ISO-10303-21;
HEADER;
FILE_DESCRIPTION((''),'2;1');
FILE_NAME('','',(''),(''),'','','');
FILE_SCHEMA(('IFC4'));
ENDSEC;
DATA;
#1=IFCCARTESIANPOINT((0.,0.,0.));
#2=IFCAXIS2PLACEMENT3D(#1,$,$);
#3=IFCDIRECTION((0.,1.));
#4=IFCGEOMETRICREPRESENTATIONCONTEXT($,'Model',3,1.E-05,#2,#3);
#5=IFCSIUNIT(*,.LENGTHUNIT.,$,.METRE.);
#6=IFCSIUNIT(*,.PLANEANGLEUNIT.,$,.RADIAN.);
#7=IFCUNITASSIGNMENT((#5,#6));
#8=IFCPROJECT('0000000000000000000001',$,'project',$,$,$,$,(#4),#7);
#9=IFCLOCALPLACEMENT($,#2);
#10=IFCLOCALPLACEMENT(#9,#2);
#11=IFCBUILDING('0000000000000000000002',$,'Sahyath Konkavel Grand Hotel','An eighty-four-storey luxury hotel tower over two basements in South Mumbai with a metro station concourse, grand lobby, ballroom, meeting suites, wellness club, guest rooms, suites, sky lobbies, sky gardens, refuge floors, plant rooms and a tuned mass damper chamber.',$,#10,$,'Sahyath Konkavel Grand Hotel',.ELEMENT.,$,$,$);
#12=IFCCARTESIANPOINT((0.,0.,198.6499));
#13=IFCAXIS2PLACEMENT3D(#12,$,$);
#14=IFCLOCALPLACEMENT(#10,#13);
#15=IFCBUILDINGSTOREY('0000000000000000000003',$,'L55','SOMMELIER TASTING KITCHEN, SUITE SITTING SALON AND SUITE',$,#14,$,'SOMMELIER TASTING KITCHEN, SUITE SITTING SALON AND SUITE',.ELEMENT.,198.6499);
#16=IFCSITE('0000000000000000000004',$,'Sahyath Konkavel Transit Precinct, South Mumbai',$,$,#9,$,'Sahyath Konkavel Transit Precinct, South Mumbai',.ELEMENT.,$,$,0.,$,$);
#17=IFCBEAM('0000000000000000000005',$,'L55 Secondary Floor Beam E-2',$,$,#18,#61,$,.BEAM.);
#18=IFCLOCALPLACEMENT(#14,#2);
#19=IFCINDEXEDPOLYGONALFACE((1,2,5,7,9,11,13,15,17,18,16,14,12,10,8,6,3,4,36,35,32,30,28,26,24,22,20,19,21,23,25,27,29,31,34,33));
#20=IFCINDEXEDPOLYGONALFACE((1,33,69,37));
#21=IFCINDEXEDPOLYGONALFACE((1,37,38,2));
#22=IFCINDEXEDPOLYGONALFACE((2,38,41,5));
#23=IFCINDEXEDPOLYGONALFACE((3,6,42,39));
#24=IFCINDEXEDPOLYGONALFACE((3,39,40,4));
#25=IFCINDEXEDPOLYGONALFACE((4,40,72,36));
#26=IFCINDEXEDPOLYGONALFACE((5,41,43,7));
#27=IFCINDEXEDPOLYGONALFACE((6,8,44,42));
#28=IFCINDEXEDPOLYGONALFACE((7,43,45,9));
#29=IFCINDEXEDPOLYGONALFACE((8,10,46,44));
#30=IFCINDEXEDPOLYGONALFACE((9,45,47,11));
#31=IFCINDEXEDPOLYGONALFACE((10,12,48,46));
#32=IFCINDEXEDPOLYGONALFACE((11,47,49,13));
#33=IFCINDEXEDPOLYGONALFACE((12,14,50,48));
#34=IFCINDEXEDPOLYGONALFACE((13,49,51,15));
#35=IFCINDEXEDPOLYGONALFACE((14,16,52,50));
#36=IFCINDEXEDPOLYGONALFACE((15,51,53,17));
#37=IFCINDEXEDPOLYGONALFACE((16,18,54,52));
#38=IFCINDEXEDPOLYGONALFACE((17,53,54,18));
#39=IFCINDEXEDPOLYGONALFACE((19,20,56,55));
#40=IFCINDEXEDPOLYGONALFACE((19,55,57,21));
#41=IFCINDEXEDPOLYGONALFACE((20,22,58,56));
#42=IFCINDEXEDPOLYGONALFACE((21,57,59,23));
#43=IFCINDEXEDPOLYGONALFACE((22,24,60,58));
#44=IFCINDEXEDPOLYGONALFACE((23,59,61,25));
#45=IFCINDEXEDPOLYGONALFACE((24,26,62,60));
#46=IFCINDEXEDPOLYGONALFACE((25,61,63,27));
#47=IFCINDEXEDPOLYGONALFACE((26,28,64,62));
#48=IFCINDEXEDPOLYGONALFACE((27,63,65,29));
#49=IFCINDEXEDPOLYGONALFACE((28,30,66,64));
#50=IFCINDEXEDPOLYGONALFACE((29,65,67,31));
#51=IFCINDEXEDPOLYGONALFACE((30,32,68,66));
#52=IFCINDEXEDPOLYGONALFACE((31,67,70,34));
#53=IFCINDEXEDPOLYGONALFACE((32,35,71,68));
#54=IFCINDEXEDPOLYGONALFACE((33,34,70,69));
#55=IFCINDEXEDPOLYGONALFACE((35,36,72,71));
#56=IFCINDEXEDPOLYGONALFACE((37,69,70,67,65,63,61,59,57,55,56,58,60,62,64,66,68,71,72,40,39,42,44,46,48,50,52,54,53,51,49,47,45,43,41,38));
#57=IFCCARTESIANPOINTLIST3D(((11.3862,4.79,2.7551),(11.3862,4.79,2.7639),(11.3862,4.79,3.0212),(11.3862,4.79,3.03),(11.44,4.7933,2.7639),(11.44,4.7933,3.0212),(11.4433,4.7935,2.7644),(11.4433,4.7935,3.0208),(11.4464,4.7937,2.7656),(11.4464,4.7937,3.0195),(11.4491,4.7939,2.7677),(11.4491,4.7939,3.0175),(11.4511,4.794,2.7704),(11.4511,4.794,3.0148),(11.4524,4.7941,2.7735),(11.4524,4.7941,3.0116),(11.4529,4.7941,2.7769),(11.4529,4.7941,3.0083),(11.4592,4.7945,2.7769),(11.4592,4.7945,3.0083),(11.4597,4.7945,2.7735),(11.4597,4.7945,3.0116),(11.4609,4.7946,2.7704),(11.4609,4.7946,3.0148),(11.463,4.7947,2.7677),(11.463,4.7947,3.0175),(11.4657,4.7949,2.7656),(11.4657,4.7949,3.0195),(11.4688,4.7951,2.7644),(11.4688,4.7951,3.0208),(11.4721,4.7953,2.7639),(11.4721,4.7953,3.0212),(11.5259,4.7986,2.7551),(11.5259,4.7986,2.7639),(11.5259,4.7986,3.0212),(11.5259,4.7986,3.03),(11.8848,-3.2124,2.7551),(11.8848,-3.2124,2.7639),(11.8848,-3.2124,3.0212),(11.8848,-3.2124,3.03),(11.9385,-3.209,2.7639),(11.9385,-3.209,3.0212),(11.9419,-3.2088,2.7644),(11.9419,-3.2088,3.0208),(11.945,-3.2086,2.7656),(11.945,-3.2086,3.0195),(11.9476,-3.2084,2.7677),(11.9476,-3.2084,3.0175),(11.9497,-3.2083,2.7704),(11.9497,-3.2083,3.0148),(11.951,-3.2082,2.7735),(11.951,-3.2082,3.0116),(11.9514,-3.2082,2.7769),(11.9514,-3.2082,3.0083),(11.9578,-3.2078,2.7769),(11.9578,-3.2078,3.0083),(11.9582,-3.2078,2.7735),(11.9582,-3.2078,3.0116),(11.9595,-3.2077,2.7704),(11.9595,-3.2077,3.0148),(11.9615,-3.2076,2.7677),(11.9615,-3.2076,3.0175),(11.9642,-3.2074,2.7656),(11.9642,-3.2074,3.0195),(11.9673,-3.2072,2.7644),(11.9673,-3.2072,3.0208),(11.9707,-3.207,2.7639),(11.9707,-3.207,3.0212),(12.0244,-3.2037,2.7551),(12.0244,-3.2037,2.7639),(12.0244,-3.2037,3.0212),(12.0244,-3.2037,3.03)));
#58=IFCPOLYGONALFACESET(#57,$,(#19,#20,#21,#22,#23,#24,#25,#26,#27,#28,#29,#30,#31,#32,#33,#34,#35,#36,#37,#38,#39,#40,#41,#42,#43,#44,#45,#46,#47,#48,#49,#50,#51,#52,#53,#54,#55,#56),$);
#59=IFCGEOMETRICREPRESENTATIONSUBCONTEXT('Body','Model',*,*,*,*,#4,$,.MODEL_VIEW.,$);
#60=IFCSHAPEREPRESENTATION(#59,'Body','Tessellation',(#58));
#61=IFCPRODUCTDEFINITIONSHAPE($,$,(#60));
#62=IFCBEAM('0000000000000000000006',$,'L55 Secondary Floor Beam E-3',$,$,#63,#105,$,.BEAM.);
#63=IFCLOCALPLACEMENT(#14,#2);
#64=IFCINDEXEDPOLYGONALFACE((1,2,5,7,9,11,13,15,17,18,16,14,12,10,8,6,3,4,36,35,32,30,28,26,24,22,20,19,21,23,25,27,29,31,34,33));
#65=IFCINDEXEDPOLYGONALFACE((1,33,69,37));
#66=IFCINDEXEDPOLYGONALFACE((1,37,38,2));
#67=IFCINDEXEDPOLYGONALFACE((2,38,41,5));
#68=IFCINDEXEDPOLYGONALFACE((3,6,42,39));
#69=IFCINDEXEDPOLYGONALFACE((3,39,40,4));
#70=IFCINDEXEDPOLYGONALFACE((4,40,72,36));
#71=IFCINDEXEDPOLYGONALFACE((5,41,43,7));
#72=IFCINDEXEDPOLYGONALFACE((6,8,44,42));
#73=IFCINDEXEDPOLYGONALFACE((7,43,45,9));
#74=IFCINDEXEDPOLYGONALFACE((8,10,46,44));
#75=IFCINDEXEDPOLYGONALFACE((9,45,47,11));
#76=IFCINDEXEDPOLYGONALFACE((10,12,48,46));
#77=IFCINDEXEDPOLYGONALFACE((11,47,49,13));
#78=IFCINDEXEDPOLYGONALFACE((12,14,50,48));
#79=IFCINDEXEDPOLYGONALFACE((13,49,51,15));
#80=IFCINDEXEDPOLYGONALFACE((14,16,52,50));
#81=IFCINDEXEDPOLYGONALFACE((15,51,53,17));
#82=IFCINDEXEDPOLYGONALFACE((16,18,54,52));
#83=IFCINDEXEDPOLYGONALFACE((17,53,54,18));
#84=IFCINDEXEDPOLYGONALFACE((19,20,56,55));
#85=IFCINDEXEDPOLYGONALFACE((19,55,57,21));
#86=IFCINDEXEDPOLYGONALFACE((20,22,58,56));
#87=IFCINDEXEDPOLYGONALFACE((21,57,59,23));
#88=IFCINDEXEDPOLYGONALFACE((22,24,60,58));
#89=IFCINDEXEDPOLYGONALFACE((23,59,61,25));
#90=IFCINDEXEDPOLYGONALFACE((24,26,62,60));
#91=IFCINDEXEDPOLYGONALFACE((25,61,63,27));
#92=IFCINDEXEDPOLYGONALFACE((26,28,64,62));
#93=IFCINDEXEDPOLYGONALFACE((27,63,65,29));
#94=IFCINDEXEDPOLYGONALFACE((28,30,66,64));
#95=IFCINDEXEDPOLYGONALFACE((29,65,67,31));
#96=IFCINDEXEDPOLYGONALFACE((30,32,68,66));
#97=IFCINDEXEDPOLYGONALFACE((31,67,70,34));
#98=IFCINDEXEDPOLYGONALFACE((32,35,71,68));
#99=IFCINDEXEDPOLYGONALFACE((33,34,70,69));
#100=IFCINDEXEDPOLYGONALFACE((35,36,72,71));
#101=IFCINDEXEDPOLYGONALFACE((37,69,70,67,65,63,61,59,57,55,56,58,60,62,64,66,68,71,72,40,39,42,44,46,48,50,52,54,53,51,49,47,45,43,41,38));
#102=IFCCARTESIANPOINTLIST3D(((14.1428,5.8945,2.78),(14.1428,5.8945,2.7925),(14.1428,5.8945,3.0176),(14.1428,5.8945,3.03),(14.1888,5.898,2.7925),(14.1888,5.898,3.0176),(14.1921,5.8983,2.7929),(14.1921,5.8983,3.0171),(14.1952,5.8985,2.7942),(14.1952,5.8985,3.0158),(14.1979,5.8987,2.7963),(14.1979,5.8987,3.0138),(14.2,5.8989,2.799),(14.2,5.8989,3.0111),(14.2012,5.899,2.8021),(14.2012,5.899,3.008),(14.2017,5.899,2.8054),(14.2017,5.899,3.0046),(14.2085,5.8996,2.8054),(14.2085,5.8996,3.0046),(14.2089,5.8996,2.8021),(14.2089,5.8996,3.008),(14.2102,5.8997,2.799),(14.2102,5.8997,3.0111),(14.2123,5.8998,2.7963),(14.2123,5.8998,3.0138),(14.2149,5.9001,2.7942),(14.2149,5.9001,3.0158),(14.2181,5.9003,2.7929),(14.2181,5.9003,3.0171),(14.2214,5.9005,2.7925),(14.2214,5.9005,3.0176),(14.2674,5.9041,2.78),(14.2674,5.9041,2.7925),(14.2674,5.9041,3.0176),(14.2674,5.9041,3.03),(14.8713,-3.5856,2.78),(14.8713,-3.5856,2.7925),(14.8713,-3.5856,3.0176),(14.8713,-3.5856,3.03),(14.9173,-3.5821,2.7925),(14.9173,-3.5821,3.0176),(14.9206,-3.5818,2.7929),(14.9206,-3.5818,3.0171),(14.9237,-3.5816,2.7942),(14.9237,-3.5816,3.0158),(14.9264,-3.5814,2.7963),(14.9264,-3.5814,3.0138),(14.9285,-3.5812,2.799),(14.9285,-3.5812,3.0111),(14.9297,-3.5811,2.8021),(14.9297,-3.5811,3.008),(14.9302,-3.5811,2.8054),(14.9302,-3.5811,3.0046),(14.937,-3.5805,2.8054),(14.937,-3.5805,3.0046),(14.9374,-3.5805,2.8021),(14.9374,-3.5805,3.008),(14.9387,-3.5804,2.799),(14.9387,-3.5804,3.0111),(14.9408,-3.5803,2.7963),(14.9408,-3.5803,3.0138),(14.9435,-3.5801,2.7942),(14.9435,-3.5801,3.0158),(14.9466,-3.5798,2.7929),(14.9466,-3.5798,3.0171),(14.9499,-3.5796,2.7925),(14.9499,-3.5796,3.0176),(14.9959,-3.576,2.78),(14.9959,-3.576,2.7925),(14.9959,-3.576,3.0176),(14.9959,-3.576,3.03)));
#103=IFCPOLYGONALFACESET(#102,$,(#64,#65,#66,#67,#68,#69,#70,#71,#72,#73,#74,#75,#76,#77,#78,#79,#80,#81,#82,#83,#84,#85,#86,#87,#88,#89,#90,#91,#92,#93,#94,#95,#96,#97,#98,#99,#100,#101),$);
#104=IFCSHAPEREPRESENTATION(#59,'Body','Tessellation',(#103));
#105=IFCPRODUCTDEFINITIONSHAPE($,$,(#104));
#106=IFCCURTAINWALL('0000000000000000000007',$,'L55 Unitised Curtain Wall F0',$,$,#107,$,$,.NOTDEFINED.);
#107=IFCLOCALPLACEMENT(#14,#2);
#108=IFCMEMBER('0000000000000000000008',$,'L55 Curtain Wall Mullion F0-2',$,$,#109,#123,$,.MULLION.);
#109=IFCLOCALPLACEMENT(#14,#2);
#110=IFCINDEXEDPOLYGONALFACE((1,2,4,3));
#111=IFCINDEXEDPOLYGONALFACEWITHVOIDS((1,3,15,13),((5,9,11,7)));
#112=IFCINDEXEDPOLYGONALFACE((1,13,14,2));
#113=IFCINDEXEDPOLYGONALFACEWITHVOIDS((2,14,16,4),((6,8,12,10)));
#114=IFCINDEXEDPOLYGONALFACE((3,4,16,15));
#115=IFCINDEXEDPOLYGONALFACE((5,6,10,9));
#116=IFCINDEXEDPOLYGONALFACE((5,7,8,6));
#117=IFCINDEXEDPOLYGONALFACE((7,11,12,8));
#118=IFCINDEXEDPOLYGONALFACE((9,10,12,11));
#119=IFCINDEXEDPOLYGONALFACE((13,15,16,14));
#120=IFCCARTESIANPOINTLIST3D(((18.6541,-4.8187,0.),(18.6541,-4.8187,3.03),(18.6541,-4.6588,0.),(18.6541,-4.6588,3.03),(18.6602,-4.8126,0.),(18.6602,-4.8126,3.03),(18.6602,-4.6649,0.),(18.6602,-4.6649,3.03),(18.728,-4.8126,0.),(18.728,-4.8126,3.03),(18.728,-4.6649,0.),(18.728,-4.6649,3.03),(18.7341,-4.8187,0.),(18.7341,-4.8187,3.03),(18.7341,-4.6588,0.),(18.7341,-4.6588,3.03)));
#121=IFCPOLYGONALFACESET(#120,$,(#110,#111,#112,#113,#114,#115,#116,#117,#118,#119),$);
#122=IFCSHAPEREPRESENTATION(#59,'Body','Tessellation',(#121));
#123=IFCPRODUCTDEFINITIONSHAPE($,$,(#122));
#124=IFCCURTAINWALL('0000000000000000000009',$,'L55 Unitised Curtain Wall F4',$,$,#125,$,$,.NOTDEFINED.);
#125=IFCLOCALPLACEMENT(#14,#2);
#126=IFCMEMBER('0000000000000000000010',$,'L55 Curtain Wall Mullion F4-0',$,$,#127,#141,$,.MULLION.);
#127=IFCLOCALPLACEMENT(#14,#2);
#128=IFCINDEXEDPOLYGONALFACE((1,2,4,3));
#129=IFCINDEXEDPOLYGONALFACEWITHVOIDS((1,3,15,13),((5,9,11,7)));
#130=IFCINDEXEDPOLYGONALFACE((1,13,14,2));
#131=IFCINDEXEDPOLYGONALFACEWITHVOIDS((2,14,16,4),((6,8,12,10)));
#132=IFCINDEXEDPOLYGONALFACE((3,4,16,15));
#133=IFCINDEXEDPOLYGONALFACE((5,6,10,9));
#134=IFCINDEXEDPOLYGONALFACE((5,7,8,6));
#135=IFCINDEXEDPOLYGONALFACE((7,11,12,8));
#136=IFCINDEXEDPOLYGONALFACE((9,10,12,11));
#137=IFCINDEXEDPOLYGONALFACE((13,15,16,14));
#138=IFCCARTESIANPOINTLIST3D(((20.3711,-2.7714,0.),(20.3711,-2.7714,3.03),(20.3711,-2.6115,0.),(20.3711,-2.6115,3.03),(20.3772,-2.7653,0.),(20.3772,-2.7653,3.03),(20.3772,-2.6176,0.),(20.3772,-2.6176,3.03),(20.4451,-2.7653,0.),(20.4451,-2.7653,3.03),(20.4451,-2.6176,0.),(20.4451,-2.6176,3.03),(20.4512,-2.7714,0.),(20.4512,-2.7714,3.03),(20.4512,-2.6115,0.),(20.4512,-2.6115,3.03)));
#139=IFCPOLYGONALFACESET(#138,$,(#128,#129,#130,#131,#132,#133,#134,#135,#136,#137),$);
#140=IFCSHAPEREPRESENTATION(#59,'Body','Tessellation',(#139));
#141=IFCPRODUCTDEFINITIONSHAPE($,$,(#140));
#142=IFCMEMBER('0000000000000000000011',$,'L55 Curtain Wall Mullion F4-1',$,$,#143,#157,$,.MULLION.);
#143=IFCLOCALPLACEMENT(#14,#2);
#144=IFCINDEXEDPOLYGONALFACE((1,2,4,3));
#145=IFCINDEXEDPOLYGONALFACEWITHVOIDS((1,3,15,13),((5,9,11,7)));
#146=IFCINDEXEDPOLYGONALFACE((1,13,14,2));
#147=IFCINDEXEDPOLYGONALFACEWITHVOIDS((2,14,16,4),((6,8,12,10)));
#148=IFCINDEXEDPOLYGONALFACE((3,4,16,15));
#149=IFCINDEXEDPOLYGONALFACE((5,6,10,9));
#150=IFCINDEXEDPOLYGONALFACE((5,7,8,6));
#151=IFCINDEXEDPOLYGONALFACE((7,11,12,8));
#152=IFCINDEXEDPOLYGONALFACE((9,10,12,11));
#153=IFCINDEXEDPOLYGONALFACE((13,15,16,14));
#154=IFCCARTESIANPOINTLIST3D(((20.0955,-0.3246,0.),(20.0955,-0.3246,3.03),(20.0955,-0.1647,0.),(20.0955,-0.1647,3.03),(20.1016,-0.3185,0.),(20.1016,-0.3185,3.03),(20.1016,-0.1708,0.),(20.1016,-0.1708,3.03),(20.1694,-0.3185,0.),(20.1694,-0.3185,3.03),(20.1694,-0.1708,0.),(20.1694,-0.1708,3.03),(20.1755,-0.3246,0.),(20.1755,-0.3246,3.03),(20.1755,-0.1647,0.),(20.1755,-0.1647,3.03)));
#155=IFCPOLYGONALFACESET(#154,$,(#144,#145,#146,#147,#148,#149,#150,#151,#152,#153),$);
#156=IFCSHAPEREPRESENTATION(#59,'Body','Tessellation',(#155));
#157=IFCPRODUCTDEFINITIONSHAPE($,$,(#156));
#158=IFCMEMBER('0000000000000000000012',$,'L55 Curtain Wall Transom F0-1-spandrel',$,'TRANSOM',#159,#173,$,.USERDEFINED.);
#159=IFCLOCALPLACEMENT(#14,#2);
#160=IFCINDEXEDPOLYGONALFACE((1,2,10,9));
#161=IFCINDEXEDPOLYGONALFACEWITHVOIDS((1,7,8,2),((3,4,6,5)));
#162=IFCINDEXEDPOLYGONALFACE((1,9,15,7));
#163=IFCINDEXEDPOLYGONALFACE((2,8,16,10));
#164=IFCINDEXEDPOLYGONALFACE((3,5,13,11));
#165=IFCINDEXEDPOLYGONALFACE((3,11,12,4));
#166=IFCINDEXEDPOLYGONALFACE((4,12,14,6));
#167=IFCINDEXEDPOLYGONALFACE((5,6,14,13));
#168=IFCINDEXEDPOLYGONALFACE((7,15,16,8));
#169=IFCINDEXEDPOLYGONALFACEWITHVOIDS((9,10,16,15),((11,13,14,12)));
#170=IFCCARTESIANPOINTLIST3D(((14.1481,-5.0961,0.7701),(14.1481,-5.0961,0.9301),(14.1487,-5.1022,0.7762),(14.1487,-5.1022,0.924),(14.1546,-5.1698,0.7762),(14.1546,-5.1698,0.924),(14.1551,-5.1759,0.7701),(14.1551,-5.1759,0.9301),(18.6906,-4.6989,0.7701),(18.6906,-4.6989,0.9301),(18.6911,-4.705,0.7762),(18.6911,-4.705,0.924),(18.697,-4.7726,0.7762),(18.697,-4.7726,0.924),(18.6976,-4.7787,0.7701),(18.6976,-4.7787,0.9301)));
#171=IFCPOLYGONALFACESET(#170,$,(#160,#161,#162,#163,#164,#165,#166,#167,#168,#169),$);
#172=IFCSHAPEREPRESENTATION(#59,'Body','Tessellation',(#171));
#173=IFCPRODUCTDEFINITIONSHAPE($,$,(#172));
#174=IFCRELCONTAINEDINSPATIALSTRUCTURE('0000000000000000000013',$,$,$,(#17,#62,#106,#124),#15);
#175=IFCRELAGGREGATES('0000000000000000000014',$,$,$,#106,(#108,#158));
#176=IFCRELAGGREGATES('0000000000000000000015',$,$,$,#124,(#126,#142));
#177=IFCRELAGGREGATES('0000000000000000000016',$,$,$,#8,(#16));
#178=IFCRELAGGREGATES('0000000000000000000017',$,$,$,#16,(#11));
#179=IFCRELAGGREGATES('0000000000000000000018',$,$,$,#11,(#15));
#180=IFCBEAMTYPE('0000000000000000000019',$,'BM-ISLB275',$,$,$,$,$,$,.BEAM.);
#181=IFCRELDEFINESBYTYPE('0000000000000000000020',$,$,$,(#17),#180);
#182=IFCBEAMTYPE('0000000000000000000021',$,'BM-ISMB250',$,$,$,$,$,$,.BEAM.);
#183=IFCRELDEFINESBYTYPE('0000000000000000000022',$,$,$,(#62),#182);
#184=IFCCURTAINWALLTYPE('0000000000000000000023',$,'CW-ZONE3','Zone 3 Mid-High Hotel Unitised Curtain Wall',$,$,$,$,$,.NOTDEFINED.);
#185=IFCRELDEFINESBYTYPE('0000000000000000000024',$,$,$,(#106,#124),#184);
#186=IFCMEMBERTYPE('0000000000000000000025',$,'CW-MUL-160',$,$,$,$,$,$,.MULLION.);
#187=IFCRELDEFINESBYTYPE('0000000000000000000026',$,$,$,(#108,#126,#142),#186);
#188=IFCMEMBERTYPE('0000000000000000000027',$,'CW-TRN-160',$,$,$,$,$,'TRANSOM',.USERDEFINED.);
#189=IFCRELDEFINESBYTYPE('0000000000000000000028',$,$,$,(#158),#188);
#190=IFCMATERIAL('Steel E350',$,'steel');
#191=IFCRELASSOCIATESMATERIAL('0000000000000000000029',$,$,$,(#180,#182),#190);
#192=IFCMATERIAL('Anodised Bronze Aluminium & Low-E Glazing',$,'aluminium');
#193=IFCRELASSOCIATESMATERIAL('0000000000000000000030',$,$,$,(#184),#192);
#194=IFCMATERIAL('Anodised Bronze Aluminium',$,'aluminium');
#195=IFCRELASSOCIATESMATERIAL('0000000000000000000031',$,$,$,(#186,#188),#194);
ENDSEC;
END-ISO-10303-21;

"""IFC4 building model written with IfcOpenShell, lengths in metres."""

from ifc_helpers import new_model, si_unit, direction, frame, origin, origin_2d, place, context, subcontext, project, spatial, hollow_rectangle, i_section, extrude, source, transform, mapped, material, material_profile, profile_set, type_object, element, aggregate, save


model = new_model("IFC4")

# Units and contexts
model_context = context("Model", 3, precision=1e-05, world=origin(), true_north=direction((0.0, 1.0)))
body_context = subcontext(model_context, "Body", "Model", "MODEL_VIEW")
ifc_project = project(units=[si_unit("LENGTHUNIT", "METRE"), si_unit("PLANEANGLEUNIT", "RADIAN")], contexts=[model_context])

# Site, building, storey
site_placement = place(None, origin())
site = spatial("IfcSite", under=ifc_project, at=site_placement, Name="Sahyath Konkavel Transit Precinct, South Mumbai", LongName="Sahyath Konkavel Transit Precinct, South Mumbai", CompositionType="ELEMENT", RefElevation=0.0)
building_placement = place(site_placement, origin())
building = spatial("IfcBuilding", under=site, at=building_placement, Name="Sahyath Konkavel Grand Hotel", Description="An eighty-four-storey luxury hotel tower over two basements in South Mumbai with a metro station concourse, grand lobby, ballroom, meeting suites, wellness club, guest rooms, suites, sky lobbies, sky gardens, refuge floors, plant rooms and a tuned mass damper chamber.", LongName="Sahyath Konkavel Grand Hotel", CompositionType="ELEMENT")
storey_placement = place(building_placement, frame((0.0, 0.0, 198.6499)))
storey = spatial("IfcBuildingStorey", under=building, at=storey_placement, Name="L55", Description="SOMMELIER TASTING KITCHEN, SUITE SITTING SALON AND SUITE", LongName="SOMMELIER TASTING KITCHEN, SUITE SITTING SALON AND SUITE", CompositionType="ELEMENT", Elevation=198.6499)

# Beams
ifc_material_1 = material(Name="Steel E350", Category="steel")
ifc_material_profile_1 = material_profile(ifc_material_1, i_section(OverallWidth=0.1399, OverallDepth=0.2749, WebThickness=0.0063, FlangeThickness=0.0088, FilletRadius=0.0129, at=origin_2d()), Name="ISLB 275")
ifc_profile_set_1 = profile_set([ifc_material_profile_1], Name="Steel E350")
beam_type_1 = type_object("IfcBeamType", Name="BM-ISLB275", PredefinedType="BEAM", material=ifc_profile_set_1)
shared_shape_1 = source(origin(), body_context, "Body", "SweptSolid", [
    extrude(i_section(OverallWidth=0.1399, OverallDepth=0.2749, WebThickness=0.0063, FlangeThickness=0.0088, FilletRadius=0.0129, at=origin_2d()), origin(), (0.0, 0.0, 1.0), 8.0178),
])
beam_1_placement = place(storey_placement, frame((11.9546, -3.208, 2.8926), z_axis=(-0.062179, 0.998065, 0.0), x_axis=(-0.998065, -0.062179, 0.0)))
element("IfcBeam", 1, at=beam_1_placement, inside=storey, type_object=beam_type_1, Name="L55 Secondary Floor Beam E-2", PredefinedType="BEAM", context=body_context, shape_type="MappedRepresentation", body=[
    mapped(shared_shape_1, transform((0.0, 0.0, 0.0), scale=1.0)),
])
ifc_material_profile_2 = material_profile(ifc_material_1, i_section(OverallWidth=0.125, OverallDepth=0.25, WebThickness=0.0068, FlangeThickness=0.0125, FilletRadius=0.0129, at=origin_2d()), Name="ISMB 250")
ifc_profile_set_2 = profile_set([ifc_material_profile_2], Name="Steel E350")
beam_type_2 = type_object("IfcBeamType", Name="BM-ISMB250", PredefinedType="BEAM", material=ifc_profile_set_2)
shared_shape_2 = source(origin(), body_context, "Body", "SweptSolid", [
    extrude(i_section(OverallWidth=0.125, OverallDepth=0.25, WebThickness=0.0068, FlangeThickness=0.0125, FilletRadius=0.0129, at=origin_2d()), origin(), (0.0, 0.0, 1.0), 9.5081),
])
beam_2_placement = place(storey_placement, frame((14.9336, -3.5808, 2.905), z_axis=(-0.07662, 0.99706, 0.0), x_axis=(-0.99706, -0.07662, 0.0)))
element("IfcBeam", 2, at=beam_2_placement, inside=storey, type_object=beam_type_2, Name="L55 Secondary Floor Beam E-3", PredefinedType="BEAM", context=body_context, shape_type="MappedRepresentation", body=[
    mapped(shared_shape_2, transform((0.0, 0.0, 0.0), scale=1.0)),
])

# Curtain wall, member
ifc_material_2 = material(Name="Anodised Bronze Aluminium & Low-E Glazing", Category="aluminium")
curtain_wall_type = type_object("IfcCurtainWallType", Name="CW-ZONE3", Description="Zone 3 Mid-High Hotel Unitised Curtain Wall", PredefinedType="NOTDEFINED", material=ifc_material_2)
curtain_wall_1_placement = place(storey_placement, origin())
curtain_wall_1 = element("IfcCurtainWall", 3, at=curtain_wall_1_placement, inside=storey, type_object=curtain_wall_type, Name="L55 Unitised Curtain Wall F0", PredefinedType="NOTDEFINED")
ifc_material_3 = material(Name="Anodised Bronze Aluminium", Category="aluminium")
ifc_material_profile_3 = material_profile(ifc_material_3, hollow_rectangle(XDim=0.0801, YDim=0.1599, WallThickness=0.0061, at=origin_2d()), Name="RHS 160x80x6")
ifc_profile_set_3 = profile_set([ifc_material_profile_3], Name="Anodised Bronze Aluminium")
member_type_1 = type_object("IfcMemberType", Name="CW-MUL-160", PredefinedType="MULLION", material=ifc_profile_set_3)
shared_shape_3 = source(origin(), body_context, "Body", "SweptSolid", [
    extrude(hollow_rectangle(XDim=0.0801, YDim=0.1599, WallThickness=0.0061, at=origin_2d()), origin(), (0.0, 0.0, 1.0), 3.03),
])
member_1_placement = place(storey_placement, frame((18.6941, -4.7388, 0.0), z_axis=(0.0, 0.0, 1.0), x_axis=(1.0, 0.0, 0.0)))
member_1 = element("IfcMember", 4, at=member_1_placement, type_object=member_type_1, Name="L55 Curtain Wall Mullion F0-2", PredefinedType="MULLION", context=body_context, shape_type="MappedRepresentation", body=[
    mapped(shared_shape_3, transform((0.0, 0.0, 0.0), scale=1.0)),
])

# Curtain wall, members
curtain_wall_2_placement = place(storey_placement, origin())
curtain_wall_2 = element("IfcCurtainWall", 5, at=curtain_wall_2_placement, inside=storey, type_object=curtain_wall_type, Name="L55 Unitised Curtain Wall F4", PredefinedType="NOTDEFINED")
member_2_placement = place(storey_placement, frame((20.4111, -2.6914, 0.0), z_axis=(0.0, 0.0, 1.0), x_axis=(1.0, 0.0, 0.0)))
member_2 = element("IfcMember", 6, at=member_2_placement, type_object=member_type_1, Name="L55 Curtain Wall Mullion F4-0", PredefinedType="MULLION", context=body_context, shape_type="MappedRepresentation", body=[
    mapped(shared_shape_3, transform((0.0, 0.0, 0.0), scale=1.0)),
])
member_3_placement = place(storey_placement, frame((20.1355, -0.2446, 0.0), z_axis=(0.0, 0.0, 1.0), x_axis=(1.0, 0.0, 0.0)))
member_3 = element("IfcMember", 7, at=member_3_placement, type_object=member_type_1, Name="L55 Curtain Wall Mullion F4-1", PredefinedType="MULLION", context=body_context, shape_type="MappedRepresentation", body=[
    mapped(shared_shape_3, transform((0.0, 0.0, 0.0), scale=1.0)),
])

# Member
ifc_material_profile_4 = material_profile(ifc_material_3, hollow_rectangle(XDim=0.0801, YDim=0.1599, WallThickness=0.0061, at=origin_2d()), Name="RHS 160x80x6")
ifc_profile_set_4 = profile_set([ifc_material_profile_4], Name="Anodised Bronze Aluminium")
member_type_2 = type_object("IfcMemberType", Name="CW-TRN-160", ElementType="TRANSOM", PredefinedType="USERDEFINED", material=ifc_profile_set_4)
shared_shape_4 = source(origin(), body_context, "Body", "SweptSolid", [
    extrude(hollow_rectangle(XDim=0.0801, YDim=0.1599, WallThickness=0.0061, at=origin_2d()), origin(), (0.0, 0.0, 1.0), 4.5598),
])
member_4_placement = place(storey_placement, frame((14.1516, -5.136, 0.8501), z_axis=(0.996198, 0.087112, 0.0), x_axis=(-0.087112, 0.996198, 0.0)))
member_4 = element("IfcMember", 8, at=member_4_placement, type_object=member_type_2, Name="L55 Curtain Wall Transom F0-1-spandrel", ObjectType="TRANSOM", PredefinedType="USERDEFINED", context=body_context, shape_type="MappedRepresentation", body=[
    mapped(shared_shape_4, transform((0.0, 0.0, 0.0), scale=1.0)),
])

aggregate(curtain_wall_1, [member_1, member_4])
aggregate(curtain_wall_2, [member_2, member_3])

save(model, "model.ifc")
